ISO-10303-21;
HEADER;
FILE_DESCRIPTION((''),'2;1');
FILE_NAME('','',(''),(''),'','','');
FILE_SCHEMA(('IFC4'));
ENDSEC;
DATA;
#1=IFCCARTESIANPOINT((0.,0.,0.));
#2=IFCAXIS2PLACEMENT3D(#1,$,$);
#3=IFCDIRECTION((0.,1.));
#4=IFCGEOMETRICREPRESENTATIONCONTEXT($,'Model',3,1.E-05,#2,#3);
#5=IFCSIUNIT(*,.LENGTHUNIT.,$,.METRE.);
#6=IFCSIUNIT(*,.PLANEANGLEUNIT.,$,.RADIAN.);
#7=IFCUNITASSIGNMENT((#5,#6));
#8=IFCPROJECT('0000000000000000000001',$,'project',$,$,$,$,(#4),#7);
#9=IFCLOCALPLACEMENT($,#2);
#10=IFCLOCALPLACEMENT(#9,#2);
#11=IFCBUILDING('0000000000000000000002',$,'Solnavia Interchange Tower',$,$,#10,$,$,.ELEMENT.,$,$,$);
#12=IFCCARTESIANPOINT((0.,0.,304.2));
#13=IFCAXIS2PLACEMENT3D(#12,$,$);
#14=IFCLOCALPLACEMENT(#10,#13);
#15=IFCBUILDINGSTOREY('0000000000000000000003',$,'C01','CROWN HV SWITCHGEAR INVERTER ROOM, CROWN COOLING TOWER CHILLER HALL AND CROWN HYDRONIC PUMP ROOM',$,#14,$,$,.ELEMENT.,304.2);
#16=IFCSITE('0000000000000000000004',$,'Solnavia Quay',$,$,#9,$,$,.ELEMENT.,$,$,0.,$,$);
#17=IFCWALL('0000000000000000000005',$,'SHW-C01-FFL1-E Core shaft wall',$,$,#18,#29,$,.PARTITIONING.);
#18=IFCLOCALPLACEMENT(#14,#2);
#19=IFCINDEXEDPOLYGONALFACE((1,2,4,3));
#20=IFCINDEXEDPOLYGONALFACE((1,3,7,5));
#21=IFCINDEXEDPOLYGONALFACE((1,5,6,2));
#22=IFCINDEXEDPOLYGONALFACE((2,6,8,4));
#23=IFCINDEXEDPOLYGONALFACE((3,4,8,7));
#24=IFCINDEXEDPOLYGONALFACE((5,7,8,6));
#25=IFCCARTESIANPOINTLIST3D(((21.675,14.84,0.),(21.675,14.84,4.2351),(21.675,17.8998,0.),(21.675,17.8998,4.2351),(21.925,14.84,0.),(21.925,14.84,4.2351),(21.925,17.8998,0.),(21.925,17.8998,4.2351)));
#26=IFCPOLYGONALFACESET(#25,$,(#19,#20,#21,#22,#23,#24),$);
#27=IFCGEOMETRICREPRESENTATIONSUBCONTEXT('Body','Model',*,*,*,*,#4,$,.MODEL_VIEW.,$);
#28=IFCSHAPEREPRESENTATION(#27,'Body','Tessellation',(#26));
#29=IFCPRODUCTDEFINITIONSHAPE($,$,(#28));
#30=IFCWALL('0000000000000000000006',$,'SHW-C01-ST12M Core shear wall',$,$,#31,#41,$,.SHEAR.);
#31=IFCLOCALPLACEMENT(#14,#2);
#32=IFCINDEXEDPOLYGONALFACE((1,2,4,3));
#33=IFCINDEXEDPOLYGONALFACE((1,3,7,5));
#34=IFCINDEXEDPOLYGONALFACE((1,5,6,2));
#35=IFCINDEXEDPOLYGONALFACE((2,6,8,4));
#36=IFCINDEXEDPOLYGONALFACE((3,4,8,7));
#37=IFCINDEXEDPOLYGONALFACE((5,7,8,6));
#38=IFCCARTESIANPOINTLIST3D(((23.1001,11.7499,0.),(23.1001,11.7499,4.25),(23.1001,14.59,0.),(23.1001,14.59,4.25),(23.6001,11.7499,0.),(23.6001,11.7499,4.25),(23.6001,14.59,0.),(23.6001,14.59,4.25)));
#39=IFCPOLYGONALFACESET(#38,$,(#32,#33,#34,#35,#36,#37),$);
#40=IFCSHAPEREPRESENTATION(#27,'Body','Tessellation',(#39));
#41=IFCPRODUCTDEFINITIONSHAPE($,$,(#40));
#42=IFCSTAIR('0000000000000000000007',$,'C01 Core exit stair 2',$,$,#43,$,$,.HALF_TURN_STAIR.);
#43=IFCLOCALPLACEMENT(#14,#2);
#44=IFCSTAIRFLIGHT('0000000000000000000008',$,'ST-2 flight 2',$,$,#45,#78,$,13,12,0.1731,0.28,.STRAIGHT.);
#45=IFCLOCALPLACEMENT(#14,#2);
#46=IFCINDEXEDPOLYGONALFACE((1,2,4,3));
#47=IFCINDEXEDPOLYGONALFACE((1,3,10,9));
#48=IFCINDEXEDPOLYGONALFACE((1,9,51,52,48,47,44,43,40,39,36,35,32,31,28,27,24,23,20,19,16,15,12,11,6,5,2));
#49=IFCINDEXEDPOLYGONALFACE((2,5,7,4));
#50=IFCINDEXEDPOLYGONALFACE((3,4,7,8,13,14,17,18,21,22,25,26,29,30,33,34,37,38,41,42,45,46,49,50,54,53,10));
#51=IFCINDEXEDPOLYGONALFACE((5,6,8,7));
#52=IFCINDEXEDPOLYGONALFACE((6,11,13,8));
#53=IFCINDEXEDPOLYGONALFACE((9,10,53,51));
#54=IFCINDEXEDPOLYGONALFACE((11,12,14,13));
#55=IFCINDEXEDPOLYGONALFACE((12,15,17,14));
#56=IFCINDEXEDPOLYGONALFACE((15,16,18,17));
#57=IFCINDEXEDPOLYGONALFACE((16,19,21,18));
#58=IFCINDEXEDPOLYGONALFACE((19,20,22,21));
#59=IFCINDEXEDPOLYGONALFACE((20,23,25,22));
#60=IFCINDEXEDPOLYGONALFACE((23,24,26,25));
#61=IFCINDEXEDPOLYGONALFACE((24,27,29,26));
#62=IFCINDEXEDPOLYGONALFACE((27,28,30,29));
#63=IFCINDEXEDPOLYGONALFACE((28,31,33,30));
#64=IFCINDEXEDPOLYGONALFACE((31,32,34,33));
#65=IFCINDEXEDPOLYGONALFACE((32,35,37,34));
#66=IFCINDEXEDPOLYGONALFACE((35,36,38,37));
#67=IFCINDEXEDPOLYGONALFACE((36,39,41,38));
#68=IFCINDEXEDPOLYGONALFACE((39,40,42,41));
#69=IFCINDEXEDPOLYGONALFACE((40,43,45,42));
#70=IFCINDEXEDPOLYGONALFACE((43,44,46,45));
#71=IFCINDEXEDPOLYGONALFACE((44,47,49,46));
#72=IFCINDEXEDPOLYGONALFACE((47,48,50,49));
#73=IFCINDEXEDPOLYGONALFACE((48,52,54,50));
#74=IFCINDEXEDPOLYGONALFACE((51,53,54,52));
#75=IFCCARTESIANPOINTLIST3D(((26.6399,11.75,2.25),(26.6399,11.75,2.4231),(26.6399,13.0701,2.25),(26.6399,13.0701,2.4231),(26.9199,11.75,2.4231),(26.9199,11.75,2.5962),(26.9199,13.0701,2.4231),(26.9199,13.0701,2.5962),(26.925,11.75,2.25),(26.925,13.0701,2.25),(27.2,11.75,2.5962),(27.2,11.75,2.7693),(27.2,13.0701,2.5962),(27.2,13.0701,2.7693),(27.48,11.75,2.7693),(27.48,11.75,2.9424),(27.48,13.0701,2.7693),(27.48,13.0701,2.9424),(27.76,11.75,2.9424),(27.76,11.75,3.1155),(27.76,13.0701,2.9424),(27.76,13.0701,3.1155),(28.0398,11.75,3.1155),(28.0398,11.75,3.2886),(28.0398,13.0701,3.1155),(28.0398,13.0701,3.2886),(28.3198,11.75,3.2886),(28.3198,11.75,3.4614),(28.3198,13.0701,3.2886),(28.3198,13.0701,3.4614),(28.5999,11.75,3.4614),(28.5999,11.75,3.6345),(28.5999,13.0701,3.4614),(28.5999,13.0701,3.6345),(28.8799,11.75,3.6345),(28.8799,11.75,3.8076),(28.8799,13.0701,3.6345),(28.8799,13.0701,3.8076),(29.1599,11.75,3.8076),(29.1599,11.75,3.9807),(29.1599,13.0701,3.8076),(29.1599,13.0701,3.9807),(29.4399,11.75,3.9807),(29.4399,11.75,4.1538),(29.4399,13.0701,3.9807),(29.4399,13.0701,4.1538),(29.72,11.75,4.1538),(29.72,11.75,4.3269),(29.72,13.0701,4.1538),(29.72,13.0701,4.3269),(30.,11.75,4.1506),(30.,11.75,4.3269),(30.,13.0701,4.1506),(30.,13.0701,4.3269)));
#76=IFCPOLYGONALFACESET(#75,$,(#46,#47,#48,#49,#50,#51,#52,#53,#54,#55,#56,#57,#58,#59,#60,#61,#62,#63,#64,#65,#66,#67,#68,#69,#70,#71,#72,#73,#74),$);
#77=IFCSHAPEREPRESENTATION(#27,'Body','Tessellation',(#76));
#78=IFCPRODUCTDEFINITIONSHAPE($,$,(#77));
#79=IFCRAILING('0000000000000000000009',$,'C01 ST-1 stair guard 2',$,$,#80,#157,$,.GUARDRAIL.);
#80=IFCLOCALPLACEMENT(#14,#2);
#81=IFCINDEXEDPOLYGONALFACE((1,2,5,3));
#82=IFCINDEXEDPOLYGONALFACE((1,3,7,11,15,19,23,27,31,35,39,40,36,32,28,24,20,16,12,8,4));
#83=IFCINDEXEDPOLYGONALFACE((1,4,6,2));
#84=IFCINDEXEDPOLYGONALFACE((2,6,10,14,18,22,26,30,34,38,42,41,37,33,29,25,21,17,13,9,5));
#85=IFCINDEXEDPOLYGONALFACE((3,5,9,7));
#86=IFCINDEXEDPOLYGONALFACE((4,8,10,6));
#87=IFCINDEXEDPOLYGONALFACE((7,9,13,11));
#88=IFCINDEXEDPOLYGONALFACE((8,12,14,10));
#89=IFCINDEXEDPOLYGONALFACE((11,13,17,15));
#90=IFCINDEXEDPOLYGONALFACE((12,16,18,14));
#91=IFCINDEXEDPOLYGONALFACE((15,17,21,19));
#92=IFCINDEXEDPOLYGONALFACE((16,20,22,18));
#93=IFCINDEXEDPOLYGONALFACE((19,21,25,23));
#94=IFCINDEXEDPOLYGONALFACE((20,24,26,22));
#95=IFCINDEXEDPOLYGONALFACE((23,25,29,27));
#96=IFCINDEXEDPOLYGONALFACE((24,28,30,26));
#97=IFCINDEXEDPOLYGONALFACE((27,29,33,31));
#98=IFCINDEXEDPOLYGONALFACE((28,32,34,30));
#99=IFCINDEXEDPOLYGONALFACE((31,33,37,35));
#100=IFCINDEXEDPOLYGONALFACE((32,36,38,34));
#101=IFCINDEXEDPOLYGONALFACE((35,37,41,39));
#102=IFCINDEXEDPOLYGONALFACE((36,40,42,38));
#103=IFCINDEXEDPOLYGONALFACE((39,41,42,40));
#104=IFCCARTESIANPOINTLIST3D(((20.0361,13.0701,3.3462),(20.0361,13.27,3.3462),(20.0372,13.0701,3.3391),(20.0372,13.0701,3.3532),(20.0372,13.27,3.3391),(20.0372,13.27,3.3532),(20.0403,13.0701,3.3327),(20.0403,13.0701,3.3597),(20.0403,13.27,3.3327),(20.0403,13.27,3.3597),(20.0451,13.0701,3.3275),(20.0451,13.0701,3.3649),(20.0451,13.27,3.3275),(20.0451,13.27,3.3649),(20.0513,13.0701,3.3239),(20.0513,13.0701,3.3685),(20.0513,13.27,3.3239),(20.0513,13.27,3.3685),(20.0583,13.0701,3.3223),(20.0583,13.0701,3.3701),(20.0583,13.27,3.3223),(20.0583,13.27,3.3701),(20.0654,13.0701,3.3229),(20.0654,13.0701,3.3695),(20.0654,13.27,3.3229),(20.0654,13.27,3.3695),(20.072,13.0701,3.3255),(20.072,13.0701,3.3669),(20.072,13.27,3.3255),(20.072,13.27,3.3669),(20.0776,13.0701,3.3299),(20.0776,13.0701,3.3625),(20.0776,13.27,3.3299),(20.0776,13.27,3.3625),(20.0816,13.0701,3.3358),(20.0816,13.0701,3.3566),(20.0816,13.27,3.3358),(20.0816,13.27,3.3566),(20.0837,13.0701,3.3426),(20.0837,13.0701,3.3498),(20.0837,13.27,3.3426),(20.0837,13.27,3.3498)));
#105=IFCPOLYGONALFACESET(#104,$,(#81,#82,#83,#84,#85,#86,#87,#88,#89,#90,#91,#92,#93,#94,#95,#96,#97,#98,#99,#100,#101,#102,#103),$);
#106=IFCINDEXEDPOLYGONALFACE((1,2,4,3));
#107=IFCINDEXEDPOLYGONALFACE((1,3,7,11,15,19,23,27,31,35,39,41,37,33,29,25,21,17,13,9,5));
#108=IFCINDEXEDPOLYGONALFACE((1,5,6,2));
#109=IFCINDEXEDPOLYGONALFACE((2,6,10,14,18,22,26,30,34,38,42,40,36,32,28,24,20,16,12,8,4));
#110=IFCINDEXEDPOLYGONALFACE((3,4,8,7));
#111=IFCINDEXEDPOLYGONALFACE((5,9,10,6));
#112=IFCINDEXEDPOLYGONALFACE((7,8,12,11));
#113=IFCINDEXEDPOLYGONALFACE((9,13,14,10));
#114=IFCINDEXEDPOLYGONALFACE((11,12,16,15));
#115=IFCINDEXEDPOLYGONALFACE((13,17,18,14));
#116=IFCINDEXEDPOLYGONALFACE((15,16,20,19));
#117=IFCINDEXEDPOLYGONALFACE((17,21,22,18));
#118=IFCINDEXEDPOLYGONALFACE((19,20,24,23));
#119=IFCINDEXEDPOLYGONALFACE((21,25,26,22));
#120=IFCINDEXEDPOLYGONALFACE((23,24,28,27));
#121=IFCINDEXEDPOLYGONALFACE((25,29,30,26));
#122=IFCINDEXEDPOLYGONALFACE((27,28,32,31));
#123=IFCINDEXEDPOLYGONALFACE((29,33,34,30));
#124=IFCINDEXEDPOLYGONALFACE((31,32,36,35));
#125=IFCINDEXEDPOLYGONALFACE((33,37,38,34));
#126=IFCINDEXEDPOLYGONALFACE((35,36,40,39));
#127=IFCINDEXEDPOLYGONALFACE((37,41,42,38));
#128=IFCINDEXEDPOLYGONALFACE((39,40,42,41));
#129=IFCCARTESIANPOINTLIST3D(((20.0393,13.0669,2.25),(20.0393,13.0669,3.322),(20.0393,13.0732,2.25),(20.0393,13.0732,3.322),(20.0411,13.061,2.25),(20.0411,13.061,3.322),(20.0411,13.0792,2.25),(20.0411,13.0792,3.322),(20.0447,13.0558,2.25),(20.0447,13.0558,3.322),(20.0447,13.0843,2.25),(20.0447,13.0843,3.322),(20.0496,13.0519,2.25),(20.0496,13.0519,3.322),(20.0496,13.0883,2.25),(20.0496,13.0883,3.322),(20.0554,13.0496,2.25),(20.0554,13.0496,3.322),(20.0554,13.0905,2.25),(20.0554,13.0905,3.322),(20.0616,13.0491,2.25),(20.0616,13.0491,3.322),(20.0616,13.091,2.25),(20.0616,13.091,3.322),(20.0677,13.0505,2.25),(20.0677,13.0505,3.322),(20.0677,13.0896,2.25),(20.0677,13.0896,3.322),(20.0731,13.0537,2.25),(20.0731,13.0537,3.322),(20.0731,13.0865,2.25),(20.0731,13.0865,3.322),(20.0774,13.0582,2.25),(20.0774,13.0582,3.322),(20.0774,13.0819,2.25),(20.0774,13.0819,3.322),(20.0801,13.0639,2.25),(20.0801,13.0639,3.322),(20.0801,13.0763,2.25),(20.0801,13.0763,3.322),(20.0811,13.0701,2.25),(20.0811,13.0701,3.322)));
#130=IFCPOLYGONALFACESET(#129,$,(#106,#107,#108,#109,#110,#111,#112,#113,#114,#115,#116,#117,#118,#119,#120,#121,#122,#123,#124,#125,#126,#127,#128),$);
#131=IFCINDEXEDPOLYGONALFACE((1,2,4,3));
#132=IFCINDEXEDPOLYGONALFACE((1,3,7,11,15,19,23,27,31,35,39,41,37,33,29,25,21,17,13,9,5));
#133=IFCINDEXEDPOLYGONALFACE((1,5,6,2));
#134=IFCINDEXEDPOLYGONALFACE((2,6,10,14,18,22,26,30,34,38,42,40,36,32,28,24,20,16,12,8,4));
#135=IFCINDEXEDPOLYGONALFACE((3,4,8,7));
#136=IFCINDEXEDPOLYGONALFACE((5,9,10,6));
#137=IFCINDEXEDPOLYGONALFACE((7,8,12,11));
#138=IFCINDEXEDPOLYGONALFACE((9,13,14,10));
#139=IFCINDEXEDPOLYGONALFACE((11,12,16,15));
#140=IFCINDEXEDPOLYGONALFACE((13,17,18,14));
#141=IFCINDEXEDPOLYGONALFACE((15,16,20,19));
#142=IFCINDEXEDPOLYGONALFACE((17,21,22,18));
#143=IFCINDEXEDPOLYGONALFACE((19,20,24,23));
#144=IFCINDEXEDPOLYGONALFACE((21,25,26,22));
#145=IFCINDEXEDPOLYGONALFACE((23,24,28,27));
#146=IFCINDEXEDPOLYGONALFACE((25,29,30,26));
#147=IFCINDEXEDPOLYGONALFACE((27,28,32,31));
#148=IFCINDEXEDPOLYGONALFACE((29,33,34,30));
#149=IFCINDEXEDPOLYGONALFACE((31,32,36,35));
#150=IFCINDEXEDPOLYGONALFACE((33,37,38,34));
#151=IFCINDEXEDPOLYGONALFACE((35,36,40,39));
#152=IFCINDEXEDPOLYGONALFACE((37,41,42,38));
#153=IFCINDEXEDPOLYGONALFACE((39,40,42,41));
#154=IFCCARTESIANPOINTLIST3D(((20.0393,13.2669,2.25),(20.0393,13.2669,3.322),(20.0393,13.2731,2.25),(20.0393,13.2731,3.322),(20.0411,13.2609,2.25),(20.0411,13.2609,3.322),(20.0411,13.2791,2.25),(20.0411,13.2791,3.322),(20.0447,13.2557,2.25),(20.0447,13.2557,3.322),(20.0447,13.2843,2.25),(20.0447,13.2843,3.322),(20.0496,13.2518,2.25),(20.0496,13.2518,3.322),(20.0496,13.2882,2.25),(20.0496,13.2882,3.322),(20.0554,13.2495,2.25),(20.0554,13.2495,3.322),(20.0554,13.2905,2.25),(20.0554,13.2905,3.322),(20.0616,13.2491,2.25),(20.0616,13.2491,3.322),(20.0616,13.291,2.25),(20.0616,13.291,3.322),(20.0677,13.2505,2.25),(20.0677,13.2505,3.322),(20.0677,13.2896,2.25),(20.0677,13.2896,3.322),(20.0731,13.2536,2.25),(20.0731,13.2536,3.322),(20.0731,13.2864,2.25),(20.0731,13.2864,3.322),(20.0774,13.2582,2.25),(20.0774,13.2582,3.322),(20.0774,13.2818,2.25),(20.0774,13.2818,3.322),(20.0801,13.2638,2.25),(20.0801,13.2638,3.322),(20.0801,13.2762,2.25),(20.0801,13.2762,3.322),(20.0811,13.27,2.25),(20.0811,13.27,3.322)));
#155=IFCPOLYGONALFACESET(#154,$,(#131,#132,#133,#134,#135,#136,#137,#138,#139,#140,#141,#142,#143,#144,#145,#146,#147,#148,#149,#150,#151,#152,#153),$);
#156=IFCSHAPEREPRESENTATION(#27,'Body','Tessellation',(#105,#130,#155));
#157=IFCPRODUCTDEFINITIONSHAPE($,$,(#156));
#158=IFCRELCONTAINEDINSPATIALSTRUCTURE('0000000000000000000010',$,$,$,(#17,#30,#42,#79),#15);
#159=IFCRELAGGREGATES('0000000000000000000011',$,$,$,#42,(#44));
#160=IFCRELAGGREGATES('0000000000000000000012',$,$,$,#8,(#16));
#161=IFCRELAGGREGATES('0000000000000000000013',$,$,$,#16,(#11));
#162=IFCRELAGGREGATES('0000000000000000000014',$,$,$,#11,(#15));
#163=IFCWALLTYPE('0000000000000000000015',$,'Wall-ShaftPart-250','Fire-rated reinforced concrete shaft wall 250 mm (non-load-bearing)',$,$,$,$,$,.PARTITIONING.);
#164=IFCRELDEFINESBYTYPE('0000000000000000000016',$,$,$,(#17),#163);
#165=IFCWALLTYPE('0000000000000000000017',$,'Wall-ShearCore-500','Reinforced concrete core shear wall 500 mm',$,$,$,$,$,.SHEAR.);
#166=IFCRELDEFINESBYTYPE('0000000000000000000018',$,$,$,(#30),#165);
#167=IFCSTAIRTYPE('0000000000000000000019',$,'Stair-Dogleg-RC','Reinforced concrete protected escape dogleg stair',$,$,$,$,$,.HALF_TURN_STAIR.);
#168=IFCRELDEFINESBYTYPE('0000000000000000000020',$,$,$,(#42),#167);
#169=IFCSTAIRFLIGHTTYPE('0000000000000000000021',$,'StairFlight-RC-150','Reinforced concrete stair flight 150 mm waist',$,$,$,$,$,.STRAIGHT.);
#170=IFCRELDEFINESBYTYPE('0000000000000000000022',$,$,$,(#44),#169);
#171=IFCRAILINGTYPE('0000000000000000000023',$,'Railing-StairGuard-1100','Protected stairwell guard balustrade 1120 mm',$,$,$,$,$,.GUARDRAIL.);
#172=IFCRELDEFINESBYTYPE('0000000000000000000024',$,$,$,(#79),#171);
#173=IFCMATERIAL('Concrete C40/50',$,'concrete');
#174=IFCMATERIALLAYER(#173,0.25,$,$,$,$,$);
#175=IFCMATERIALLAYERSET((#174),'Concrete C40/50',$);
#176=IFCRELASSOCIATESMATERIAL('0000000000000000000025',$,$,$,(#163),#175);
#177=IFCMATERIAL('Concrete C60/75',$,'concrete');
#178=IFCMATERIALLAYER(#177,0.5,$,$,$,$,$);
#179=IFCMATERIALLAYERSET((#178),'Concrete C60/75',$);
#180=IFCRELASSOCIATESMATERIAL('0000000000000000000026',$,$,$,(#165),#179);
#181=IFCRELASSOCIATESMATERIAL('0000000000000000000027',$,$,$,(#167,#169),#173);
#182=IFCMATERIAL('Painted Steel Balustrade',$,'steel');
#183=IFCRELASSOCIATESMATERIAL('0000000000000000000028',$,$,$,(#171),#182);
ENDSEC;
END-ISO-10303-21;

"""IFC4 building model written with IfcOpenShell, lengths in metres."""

from ifc_helpers import new_model, si_unit, direction, frame, frame_2d, origin, origin_2d, place, context, subcontext, project, spatial, polyline, rectangle, circle, outline, extrude, material, layer, layer_set, type_object, element, aggregate, save


model = new_model("IFC4")

# Units and contexts
model_context = context("Model", 3, precision=1e-05, world=origin(), true_north=direction((0.0, 1.0)))
body_context = subcontext(model_context, "Body", "Model", "MODEL_VIEW")
ifc_project = project(units=[si_unit("LENGTHUNIT", "METRE"), si_unit("PLANEANGLEUNIT", "RADIAN")], contexts=[model_context])

# Site, building, storey
site_placement = place(None, origin())
site = spatial("IfcSite", under=ifc_project, at=site_placement, Name="Solnavia Quay", CompositionType="ELEMENT", RefElevation=0.0)
building_placement = place(site_placement, origin())
building = spatial("IfcBuilding", under=site, at=building_placement, Name="Solnavia Interchange Tower", CompositionType="ELEMENT")
storey_placement = place(building_placement, frame((0.0, 0.0, 304.2)))
storey = spatial("IfcBuildingStorey", under=building, at=storey_placement, Name="C01", Description="CROWN HV SWITCHGEAR INVERTER ROOM, CROWN COOLING TOWER CHILLER HALL AND CROWN HYDRONIC PUMP ROOM", CompositionType="ELEMENT", Elevation=304.2)

# Shared definitions
ifc_material_1 = material(Name="Concrete C60/75", Category="concrete")

# Shared definitions
ifc_material_2 = material(Name="Concrete C40/50", Category="concrete")

# Walls
ifc_layer_1 = layer(ifc_material_2, 0.25)
ifc_layer_set_1 = layer_set([ifc_layer_1], Name="Concrete C40/50")
wall_type_1 = type_object("IfcWallType", Name="Wall-ShaftPart-250", Description="Fire-rated reinforced concrete shaft wall 250 mm (non-load-bearing)", PredefinedType="PARTITIONING", material=ifc_layer_set_1)
wall_1_placement = place(storey_placement, frame((21.8, 14.8401, 0.0), z_axis=(0.0, 0.0, 1.0), x_axis=(0.0, 1.0, 0.0)))
element("IfcWall", 1, at=wall_1_placement, inside=storey, type_object=wall_type_1, Name="SHW-C01-FFL1-E Core shaft wall", PredefinedType="PARTITIONING", context=body_context, shape_type="SweptSolid", body=[
    extrude(rectangle(XDim=3.0598, YDim=0.25, at=frame_2d((1.5298, 0.0))), origin(), (0.0, 0.0, 1.0), 4.2351),
])
ifc_layer_2 = layer(ifc_material_1, 0.5)
ifc_layer_set_2 = layer_set([ifc_layer_2], Name="Concrete C60/75")
wall_type_2 = type_object("IfcWallType", Name="Wall-ShearCore-500", Description="Reinforced concrete core shear wall 500 mm", PredefinedType="SHEAR", material=ifc_layer_set_2)
wall_2_placement = place(storey_placement, frame((23.3501, 11.75, 0.0), z_axis=(0.0, 0.0, 1.0), x_axis=(0.0, 1.0, 0.0)))
element("IfcWall", 2, at=wall_2_placement, inside=storey, type_object=wall_type_2, Name="SHW-C01-ST12M Core shear wall", PredefinedType="SHEAR", context=body_context, shape_type="SweptSolid", body=[
    extrude(rectangle(XDim=2.8401, YDim=0.5, at=frame_2d((1.4199, 0.0))), origin(), (0.0, 0.0, 1.0), 4.25),
])

# Stair, stair flight
stair_type = type_object("IfcStairType", Name="Stair-Dogleg-RC", Description="Reinforced concrete protected escape dogleg stair", PredefinedType="HALF_TURN_STAIR", material=ifc_material_2)
stair_placement = place(storey_placement, origin())
stair = element("IfcStair", 3, at=stair_placement, inside=storey, type_object=stair_type, Name="C01 Core exit stair 2", PredefinedType="HALF_TURN_STAIR")
stair_flight_type = type_object("IfcStairFlightType", Name="StairFlight-RC-150", Description="Reinforced concrete stair flight 150 mm waist", PredefinedType="STRAIGHT", material=ifc_material_2)
stair_flight_placement = place(storey_placement, frame((26.6399, 12.4099, 2.25), z_axis=(0.0, 0.0, 1.0), x_axis=(1.0, 0.0, 0.0)))
stair_flight = element("IfcStairFlight", 4, at=stair_flight_placement, type_object=stair_flight_type, Name="ST-2 flight 2", NumberOfRisers=13, NumberOfTreads=12, PredefinedType="STRAIGHT", RiserHeight=0.1731, TreadLength=0.28, context=body_context, shape_type="SweptSolid", body=[
    extrude(outline(polyline([(0.0, 0.0), (0.0, 0.1731), (0.28, 0.1731), (0.28, 0.3462), (0.5601, 0.3462), (0.5601, 0.5193), (0.8401, 0.5193), (0.8401, 0.6924), (1.1201, 0.6924), (1.1201, 0.8655), (1.3999, 0.8655), (1.3999, 1.0386), (1.6799, 1.0386), (1.6799, 1.2114), (1.96, 1.2114), (1.96, 1.3845), (2.24, 1.3845), (2.24, 1.5576), (2.52, 1.5576), (2.52, 1.7307), (2.8, 1.7307), (2.8, 1.9038), (3.0801, 1.9038), (3.0801, 2.0769), (3.3601, 2.0769), (3.3601, 2.25), (3.3601, 1.9006), (0.2852, 0.0), (0.0, 0.0)])), frame((0.0, 0.6602, 0.0), z_axis=(0.0, -1.0, 0.0), x_axis=(1.0, 0.0, 0.0)), (0.0, 0.0, 1.0), 1.3201),
])
aggregate(stair, [stair_flight])

# Railing
ifc_material_3 = material(Name="Painted Steel Balustrade", Category="steel")
railing_type_1 = type_object("IfcRailingType", Name="Railing-StairGuard-1100", Description="Protected stairwell guard balustrade 1120 mm", PredefinedType="GUARDRAIL", material=ifc_material_3)
railing_1_placement = place(storey_placement, frame((20.0601, 13.0701, 2.25)))
element("IfcRailing", 5, at=railing_1_placement, inside=storey, type_object=railing_type_1, Name="C01 ST-1 stair guard 2", PredefinedType="GUARDRAIL", context=body_context, shape_type="SweptSolid", body=[
    extrude(circle(Radius=0.0239, at=origin_2d()), frame((0.0, 0.0, 1.0962), z_axis=(0.0, 1.0, 0.0), x_axis=(-1.0, 0.0, 0.0)), (0.0, 0.0, 1.0), 0.2),
    extrude(circle(Radius=0.021, at=origin_2d()), origin(), (0.0, 0.0, 1.0), 1.072),
    extrude(circle(Radius=0.021, at=origin_2d()), frame((0.0, 0.2, 0.0)), (0.0, 0.0, 1.0), 1.072),
])

save(model, "model.ifc")
